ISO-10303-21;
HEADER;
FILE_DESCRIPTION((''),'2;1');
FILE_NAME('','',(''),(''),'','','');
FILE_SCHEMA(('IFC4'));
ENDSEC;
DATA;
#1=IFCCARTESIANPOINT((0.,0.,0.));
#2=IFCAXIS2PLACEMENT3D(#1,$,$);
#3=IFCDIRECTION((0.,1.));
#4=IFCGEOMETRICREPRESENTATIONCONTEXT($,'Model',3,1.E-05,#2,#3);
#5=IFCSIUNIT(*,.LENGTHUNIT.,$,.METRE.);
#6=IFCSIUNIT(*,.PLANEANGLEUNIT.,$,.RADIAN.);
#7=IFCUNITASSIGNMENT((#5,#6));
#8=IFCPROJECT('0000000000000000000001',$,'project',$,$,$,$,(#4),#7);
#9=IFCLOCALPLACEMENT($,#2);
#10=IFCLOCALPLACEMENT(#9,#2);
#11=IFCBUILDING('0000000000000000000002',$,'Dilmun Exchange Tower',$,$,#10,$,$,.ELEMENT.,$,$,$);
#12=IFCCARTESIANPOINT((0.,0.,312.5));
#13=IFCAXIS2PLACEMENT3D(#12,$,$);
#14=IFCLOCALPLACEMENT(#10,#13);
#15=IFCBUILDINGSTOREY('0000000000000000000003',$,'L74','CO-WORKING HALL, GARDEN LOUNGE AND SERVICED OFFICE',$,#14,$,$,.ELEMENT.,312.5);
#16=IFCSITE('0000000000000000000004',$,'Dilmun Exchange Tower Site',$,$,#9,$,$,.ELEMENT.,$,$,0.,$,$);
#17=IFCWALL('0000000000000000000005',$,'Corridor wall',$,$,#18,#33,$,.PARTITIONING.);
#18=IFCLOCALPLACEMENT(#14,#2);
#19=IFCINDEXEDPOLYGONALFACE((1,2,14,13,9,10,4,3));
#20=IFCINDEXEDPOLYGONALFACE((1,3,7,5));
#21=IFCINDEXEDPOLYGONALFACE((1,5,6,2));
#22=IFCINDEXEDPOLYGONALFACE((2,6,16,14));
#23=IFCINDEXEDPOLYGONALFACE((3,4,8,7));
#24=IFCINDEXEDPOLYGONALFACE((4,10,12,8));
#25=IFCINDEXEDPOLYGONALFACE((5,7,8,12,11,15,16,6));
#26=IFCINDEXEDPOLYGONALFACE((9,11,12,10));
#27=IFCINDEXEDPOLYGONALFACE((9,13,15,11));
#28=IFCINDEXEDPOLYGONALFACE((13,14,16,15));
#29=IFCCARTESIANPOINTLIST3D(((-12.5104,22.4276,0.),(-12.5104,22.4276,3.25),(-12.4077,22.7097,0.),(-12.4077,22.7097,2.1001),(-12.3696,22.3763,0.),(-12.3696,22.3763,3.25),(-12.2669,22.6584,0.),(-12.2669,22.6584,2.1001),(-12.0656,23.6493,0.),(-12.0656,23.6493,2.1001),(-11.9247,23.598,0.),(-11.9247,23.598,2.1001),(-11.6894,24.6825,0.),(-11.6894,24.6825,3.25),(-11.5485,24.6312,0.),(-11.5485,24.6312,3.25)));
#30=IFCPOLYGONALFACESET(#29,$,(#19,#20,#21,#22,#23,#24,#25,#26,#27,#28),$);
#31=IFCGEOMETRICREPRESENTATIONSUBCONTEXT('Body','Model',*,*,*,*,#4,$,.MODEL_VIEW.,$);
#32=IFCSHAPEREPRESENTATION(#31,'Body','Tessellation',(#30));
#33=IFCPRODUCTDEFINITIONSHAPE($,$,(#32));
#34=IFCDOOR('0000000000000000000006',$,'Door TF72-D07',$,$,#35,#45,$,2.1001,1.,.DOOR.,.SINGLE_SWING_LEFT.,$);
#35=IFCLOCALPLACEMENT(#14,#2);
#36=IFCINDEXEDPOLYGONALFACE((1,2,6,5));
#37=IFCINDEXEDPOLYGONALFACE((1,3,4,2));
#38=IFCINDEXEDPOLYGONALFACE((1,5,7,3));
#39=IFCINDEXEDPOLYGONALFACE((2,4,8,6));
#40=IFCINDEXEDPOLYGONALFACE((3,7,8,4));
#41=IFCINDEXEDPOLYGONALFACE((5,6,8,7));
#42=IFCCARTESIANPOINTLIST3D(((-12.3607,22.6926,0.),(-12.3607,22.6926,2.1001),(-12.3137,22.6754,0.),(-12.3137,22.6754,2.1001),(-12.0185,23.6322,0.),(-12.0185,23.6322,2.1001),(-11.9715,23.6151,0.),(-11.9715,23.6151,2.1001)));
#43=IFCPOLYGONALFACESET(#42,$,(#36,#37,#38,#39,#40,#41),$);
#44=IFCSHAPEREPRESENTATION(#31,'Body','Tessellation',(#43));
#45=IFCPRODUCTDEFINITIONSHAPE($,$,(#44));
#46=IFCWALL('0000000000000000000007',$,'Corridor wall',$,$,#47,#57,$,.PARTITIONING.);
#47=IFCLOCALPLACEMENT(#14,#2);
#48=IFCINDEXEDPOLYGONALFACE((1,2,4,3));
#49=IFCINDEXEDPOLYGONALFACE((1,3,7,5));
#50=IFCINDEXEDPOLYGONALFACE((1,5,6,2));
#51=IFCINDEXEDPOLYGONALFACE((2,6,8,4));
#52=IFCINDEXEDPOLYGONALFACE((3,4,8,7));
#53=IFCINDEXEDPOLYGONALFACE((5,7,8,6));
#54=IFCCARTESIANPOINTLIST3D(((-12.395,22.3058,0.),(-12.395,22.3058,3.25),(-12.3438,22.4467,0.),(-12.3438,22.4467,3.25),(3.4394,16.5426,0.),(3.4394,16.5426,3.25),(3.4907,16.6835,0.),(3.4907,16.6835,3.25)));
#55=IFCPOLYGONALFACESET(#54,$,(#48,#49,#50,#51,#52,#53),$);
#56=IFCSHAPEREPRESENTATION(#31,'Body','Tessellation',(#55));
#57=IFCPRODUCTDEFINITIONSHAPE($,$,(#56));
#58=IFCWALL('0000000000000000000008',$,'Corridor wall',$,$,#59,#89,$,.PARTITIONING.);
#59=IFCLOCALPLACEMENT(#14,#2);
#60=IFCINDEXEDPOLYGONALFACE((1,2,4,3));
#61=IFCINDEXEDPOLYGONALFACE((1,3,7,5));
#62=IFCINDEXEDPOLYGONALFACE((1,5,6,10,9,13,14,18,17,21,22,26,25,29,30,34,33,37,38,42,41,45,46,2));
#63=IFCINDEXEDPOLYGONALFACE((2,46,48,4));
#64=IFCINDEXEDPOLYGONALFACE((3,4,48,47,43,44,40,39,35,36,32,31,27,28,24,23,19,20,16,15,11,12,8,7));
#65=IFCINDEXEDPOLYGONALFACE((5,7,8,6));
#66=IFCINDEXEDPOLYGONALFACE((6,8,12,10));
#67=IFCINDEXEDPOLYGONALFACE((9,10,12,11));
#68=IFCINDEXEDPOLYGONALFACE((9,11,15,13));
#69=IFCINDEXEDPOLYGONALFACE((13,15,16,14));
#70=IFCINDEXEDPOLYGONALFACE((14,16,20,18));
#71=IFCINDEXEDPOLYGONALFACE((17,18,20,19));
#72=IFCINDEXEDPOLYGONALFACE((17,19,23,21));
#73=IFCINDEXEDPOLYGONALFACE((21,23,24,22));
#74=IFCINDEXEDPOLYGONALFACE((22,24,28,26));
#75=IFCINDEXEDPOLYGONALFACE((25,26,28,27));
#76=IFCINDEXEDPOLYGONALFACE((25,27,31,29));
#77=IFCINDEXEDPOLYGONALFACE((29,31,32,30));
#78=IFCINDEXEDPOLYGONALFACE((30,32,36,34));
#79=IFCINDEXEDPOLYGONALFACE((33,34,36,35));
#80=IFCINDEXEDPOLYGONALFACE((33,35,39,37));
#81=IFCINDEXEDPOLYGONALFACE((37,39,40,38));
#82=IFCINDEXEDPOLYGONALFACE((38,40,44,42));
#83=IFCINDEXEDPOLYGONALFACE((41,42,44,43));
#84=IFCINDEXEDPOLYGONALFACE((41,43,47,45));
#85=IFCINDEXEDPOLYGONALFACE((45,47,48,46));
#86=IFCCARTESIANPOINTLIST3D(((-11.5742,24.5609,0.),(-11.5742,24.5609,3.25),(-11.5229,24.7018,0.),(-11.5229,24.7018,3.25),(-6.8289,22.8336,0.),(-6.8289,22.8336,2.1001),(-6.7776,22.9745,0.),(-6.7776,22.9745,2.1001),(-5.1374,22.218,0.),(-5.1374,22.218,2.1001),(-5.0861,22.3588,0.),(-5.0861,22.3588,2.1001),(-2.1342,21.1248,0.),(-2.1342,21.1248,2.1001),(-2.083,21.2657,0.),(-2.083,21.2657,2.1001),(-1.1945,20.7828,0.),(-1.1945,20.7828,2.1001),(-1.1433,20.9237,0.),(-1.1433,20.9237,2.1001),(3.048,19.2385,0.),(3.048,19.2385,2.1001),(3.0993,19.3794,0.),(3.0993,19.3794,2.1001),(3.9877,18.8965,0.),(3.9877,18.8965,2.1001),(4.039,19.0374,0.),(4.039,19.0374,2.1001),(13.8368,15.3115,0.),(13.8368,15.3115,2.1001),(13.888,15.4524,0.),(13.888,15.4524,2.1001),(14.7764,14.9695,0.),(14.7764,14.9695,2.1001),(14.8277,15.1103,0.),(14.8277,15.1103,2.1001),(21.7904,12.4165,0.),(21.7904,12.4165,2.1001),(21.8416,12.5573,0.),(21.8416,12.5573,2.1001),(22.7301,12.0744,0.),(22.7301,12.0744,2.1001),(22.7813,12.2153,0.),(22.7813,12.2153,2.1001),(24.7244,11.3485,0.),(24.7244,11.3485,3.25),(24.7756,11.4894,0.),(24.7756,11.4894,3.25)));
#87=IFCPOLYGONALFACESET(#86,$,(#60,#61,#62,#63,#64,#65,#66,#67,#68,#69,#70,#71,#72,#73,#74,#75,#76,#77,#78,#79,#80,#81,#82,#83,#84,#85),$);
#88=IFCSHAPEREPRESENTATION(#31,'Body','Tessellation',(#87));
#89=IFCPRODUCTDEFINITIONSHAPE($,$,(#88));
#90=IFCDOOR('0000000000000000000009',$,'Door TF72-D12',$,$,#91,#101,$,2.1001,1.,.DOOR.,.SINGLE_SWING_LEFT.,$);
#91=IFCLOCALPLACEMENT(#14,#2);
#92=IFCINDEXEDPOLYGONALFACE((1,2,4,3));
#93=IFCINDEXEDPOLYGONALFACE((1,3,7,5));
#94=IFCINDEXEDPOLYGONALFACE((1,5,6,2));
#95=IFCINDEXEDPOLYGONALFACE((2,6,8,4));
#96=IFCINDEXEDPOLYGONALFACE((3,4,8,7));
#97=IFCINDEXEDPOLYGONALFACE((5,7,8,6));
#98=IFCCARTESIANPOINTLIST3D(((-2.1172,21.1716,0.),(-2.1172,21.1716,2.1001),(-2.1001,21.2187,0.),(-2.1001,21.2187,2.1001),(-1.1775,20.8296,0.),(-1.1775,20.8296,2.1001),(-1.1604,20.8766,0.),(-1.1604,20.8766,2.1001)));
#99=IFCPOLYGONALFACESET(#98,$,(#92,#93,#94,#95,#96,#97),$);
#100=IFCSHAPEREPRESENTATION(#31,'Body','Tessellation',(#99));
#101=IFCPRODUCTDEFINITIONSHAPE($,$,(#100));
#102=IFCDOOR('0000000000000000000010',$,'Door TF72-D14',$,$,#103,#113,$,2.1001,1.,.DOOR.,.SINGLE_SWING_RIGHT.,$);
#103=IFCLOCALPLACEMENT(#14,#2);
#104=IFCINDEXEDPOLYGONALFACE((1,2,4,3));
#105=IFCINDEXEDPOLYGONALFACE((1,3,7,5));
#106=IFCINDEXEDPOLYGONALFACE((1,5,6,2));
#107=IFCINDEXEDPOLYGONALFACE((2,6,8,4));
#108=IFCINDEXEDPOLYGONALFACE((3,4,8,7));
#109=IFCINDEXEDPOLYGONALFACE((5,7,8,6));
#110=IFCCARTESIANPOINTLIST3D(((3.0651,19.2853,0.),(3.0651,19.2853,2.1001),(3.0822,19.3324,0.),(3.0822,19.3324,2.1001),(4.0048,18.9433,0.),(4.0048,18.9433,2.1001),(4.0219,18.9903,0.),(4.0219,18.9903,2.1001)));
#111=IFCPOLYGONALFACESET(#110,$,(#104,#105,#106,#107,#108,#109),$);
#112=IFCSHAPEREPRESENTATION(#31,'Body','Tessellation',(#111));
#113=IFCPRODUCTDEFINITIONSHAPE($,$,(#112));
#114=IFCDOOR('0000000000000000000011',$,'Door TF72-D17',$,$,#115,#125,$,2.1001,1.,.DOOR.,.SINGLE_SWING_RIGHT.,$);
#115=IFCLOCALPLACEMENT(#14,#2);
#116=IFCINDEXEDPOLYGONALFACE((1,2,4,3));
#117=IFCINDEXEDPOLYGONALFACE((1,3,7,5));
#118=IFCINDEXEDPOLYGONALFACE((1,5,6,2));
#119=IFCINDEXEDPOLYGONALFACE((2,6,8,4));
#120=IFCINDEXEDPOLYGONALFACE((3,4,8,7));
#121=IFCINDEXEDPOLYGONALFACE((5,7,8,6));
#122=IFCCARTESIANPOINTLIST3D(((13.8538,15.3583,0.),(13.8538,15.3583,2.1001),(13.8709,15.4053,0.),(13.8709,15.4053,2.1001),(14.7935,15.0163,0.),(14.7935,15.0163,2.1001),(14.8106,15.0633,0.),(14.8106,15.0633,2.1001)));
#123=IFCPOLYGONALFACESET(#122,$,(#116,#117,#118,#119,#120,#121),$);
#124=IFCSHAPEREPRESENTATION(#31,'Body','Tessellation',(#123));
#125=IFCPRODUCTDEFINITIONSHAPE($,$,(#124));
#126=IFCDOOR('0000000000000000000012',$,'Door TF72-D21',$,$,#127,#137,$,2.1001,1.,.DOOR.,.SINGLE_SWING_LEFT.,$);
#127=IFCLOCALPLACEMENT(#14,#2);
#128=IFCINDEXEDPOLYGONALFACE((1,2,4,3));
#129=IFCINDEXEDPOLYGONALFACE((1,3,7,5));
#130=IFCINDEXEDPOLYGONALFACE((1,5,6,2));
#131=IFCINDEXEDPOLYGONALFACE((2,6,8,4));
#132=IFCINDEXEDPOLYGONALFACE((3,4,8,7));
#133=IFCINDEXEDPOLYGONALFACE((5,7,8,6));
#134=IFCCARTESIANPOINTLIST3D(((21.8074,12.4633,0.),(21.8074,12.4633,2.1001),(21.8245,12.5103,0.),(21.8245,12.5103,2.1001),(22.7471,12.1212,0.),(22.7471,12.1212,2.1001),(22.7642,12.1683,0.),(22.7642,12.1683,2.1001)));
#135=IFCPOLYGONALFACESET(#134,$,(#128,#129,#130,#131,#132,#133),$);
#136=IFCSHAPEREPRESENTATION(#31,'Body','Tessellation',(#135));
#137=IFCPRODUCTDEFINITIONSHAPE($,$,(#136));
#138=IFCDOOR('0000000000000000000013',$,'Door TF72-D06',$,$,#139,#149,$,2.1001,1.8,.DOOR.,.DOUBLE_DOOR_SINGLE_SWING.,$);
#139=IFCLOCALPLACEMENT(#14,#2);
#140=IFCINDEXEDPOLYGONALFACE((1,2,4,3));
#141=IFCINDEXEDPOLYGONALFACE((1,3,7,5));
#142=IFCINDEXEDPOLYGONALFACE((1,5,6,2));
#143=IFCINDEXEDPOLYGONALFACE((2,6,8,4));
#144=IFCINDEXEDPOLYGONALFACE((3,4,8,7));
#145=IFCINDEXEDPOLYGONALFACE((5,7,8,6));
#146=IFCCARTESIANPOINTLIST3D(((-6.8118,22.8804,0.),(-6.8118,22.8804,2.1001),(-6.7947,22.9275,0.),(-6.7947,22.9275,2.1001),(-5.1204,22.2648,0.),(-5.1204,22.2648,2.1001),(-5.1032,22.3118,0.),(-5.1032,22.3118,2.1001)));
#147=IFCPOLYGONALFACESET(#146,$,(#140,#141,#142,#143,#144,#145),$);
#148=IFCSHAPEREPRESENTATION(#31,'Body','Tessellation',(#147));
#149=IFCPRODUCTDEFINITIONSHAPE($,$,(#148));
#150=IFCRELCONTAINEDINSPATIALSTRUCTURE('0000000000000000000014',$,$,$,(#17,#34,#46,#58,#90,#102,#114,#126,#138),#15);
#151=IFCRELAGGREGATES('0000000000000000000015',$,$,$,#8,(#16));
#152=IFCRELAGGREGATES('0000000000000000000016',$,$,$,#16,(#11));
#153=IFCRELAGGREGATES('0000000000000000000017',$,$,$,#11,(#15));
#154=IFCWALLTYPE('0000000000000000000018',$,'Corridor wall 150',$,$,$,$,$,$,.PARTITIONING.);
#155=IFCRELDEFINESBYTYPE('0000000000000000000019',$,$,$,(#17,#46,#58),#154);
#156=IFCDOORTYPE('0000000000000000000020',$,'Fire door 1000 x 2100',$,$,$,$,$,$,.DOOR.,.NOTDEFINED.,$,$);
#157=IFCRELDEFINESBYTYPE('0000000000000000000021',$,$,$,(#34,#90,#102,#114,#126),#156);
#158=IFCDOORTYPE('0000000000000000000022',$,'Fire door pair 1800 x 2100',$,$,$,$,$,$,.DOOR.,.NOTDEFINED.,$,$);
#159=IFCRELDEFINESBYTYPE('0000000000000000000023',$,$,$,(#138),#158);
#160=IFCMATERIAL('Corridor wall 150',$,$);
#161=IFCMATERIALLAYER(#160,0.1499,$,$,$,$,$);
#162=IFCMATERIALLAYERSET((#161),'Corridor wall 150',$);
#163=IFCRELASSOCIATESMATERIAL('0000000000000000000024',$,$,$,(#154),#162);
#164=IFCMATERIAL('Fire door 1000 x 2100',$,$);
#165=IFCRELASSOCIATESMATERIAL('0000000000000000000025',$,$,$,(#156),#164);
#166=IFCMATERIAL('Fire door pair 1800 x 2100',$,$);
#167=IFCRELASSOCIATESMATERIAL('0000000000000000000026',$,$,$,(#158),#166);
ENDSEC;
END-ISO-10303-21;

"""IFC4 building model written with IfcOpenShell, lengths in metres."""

from ifc_helpers import new_model, si_unit, direction, frame, frame_2d, origin, place, context, subcontext, project, spatial, rectangle, extrude, material, layer, layer_set, type_object, element, fill, save


model = new_model("IFC4")

# Units and contexts
model_context = context("Model", 3, precision=1e-05, world=origin(), true_north=direction((0.0, 1.0)))
body_context = subcontext(model_context, "Body", "Model", "MODEL_VIEW")
ifc_project = project(units=[si_unit("LENGTHUNIT", "METRE"), si_unit("PLANEANGLEUNIT", "RADIAN")], contexts=[model_context])

# Site, building, storey
site_placement = place(None, origin())
site = spatial("IfcSite", under=ifc_project, at=site_placement, Name="Dilmun Exchange Tower Site", CompositionType="ELEMENT", RefElevation=0.0)
building_placement = place(site_placement, origin())
building = spatial("IfcBuilding", under=site, at=building_placement, Name="Dilmun Exchange Tower", CompositionType="ELEMENT")
storey_placement = place(building_placement, frame((0.0, 0.0, 312.5)))
storey = spatial("IfcBuildingStorey", under=building, at=storey_placement, Name="L74", Description="CO-WORKING HALL, GARDEN LOUNGE AND SERVICED OFFICE", CompositionType="ELEMENT", Elevation=312.5)

# Shared definitions
ifc_material_1 = material(Name="Corridor wall 150")
ifc_layer_1 = layer(ifc_material_1, 0.1499)
ifc_layer_set_1 = layer_set([ifc_layer_1], Name="Corridor wall 150")
wall_type_1 = type_object("IfcWallType", Name="Corridor wall 150", PredefinedType="PARTITIONING", material=ifc_layer_set_1)

# Wall, opening, door
ifc_material_2 = material(Name="Fire door 1000 x 2100")
door_type_1 = type_object("IfcDoorType", Name="Fire door 1000 x 2100", OperationType="NOTDEFINED", PredefinedType="DOOR", material=ifc_material_2)
wall_1_placement = place(storey_placement, frame((-12.4399, 22.4021, 0.0), z_axis=(0.0, 0.0, 1.0), x_axis=(0.342143, 0.939648, 0.0)))
wall_1 = element("IfcWall", 1, at=wall_1_placement, inside=storey, type_object=wall_type_1, Name="Corridor wall", PredefinedType="PARTITIONING", context=body_context, shape_type="SweptSolid", body=[
    extrude(rectangle(XDim=2.3997, YDim=0.1499, at=frame_2d((1.1997, 0.0))), origin(), (0.0, 0.0, 1.0), 3.25),
])
opening_1_placement = place(wall_1_placement, frame((0.3, 0.0, 0.0)))
opening_1 = element("IfcOpeningElement", 2, at=opening_1_placement, cuts=wall_1, PredefinedType="OPENING", context=body_context, shape_type="SweptSolid", body=[
    extrude(rectangle(XDim=1.0, YDim=2.1001, at=frame_2d((0.5, 1.05))), frame((0.0, 0.085, 0.0), z_axis=(0.0, -1.0, 0.0), x_axis=(1.0, 0.0, 0.0)), (0.0, 0.0, 1.0), 0.1699),
])
door_1_placement = place(opening_1_placement, origin())
door_1 = element("IfcDoor", 3, at=door_1_placement, inside=storey, type_object=door_type_1, Name="Door TF72-D07", OperationType="SINGLE_SWING_LEFT", OverallHeight=2.1001, OverallWidth=1.0, PredefinedType="DOOR", context=body_context, shape_type="SweptSolid", body=[
    extrude(rectangle(XDim=1.0, YDim=2.1001, at=frame_2d((0.5, 1.05))), frame((0.0, 0.0249, 0.0), z_axis=(0.0, -1.0, 0.0), x_axis=(1.0, 0.0, 0.0)), (0.0, 0.0, 1.0), 0.05),
])
fill(opening_1, door_1)

# Wall
wall_2_placement = place(storey_placement, frame((-12.3694, 22.3762, 0.0), z_axis=(0.0, 0.0, 1.0), x_axis=(0.939694, -0.342015, 0.0)))
element("IfcWall", 4, at=wall_2_placement, inside=storey, type_object=wall_type_1, Name="Corridor wall", PredefinedType="PARTITIONING", context=body_context, shape_type="SweptSolid", body=[
    extrude(rectangle(XDim=16.8506, YDim=0.1499, at=frame_2d((8.4253, 0.0))), origin(), (0.0, 0.0, 1.0), 3.25),
])

# Wall, openings, doors
wall_3_placement = place(storey_placement, frame((-11.5486, 24.6313, 0.0), z_axis=(0.0, 0.0, 1.0), x_axis=(0.939686, -0.342038, 0.0)))
wall_3 = element("IfcWall", 5, at=wall_3_placement, inside=storey, type_object=wall_type_1, Name="Corridor wall", PredefinedType="PARTITIONING", context=body_context, shape_type="SweptSolid", body=[
    extrude(rectangle(XDim=38.6284, YDim=0.1499, at=frame_2d((19.3142, 0.0))), origin(), (0.0, 0.0, 1.0), 3.25),
])
opening_2_placement = place(wall_3_placement, frame((5.05, 0.0, 0.0)))
opening_2 = element("IfcOpeningElement", 6, at=opening_2_placement, cuts=wall_3, PredefinedType="OPENING", context=body_context, shape_type="SweptSolid", body=[
    extrude(rectangle(XDim=1.8, YDim=2.1001, at=frame_2d((0.8999, 1.05))), frame((0.0, 0.085, 0.0), z_axis=(0.0, -1.0, 0.0), x_axis=(1.0, 0.0, 0.0)), (0.0, 0.0, 1.0), 0.1699),
])
opening_3_placement = place(wall_3_placement, frame((10.0459, 0.0, 0.0)))
opening_3 = element("IfcOpeningElement", 7, at=opening_3_placement, cuts=wall_3, PredefinedType="OPENING", context=body_context, shape_type="SweptSolid", body=[
    extrude(rectangle(XDim=1.0, YDim=2.1001, at=frame_2d((0.5, 1.05))), frame((0.0, 0.085, 0.0), z_axis=(0.0, -1.0, 0.0), x_axis=(1.0, 0.0, 0.0)), (0.0, 0.0, 1.0), 0.1699),
])
opening_4_placement = place(wall_3_placement, frame((15.5608, 0.0, 0.0)))
opening_4 = element("IfcOpeningElement", 8, at=opening_4_placement, cuts=wall_3, PredefinedType="OPENING", context=body_context, shape_type="SweptSolid", body=[
    extrude(rectangle(XDim=1.0, YDim=2.1001, at=frame_2d((0.5, 1.05))), frame((0.0, 0.085, 0.0), z_axis=(0.0, -1.0, 0.0), x_axis=(1.0, 0.0, 0.0)), (0.0, 0.0, 1.0), 0.1699),
])
opening_5_placement = place(wall_3_placement, frame((27.042, 0.0, 0.0)))
opening_5 = element("IfcOpeningElement", 9, at=opening_5_placement, cuts=wall_3, PredefinedType="OPENING", context=body_context, shape_type="SweptSolid", body=[
    extrude(rectangle(XDim=1.0, YDim=2.1001, at=frame_2d((0.5, 1.05))), frame((0.0, 0.085, 0.0), z_axis=(0.0, -1.0, 0.0), x_axis=(1.0, 0.0, 0.0)), (0.0, 0.0, 1.0), 0.1699),
])
opening_6_placement = place(wall_3_placement, frame((35.5061, 0.0, 0.0)))
opening_6 = element("IfcOpeningElement", 10, at=opening_6_placement, cuts=wall_3, PredefinedType="OPENING", context=body_context, shape_type="SweptSolid", body=[
    extrude(rectangle(XDim=1.0, YDim=2.1001, at=frame_2d((0.5, 1.05))), frame((0.0, 0.085, 0.0), z_axis=(0.0, -1.0, 0.0), x_axis=(1.0, 0.0, 0.0)), (0.0, 0.0, 1.0), 0.1699),
])
door_2_placement = place(opening_3_placement, origin())
door_2 = element("IfcDoor", 11, at=door_2_placement, inside=storey, type_object=door_type_1, Name="Door TF72-D12", OperationType="SINGLE_SWING_LEFT", OverallHeight=2.1001, OverallWidth=1.0, PredefinedType="DOOR", context=body_context, shape_type="SweptSolid", body=[
    extrude(rectangle(XDim=1.0, YDim=2.1001, at=frame_2d((0.5, 1.05))), frame((0.0, 0.0249, 0.0), z_axis=(0.0, -1.0, 0.0), x_axis=(1.0, 0.0, 0.0)), (0.0, 0.0, 1.0), 0.05),
])
fill(opening_3, door_2)
door_3_placement = place(opening_4_placement, origin())
door_3 = element("IfcDoor", 12, at=door_3_placement, inside=storey, type_object=door_type_1, Name="Door TF72-D14", OperationType="SINGLE_SWING_RIGHT", OverallHeight=2.1001, OverallWidth=1.0, PredefinedType="DOOR", context=body_context, shape_type="SweptSolid", body=[
    extrude(rectangle(XDim=1.0, YDim=2.1001, at=frame_2d((0.5, 1.05))), frame((0.0, 0.0249, 0.0), z_axis=(0.0, -1.0, 0.0), x_axis=(1.0, 0.0, 0.0)), (0.0, 0.0, 1.0), 0.05),
])
fill(opening_4, door_3)
door_4_placement = place(opening_5_placement, origin())
door_4 = element("IfcDoor", 13, at=door_4_placement, inside=storey, type_object=door_type_1, Name="Door TF72-D17", OperationType="SINGLE_SWING_RIGHT", OverallHeight=2.1001, OverallWidth=1.0, PredefinedType="DOOR", context=body_context, shape_type="SweptSolid", body=[
    extrude(rectangle(XDim=1.0, YDim=2.1001, at=frame_2d((0.5, 1.05))), frame((0.0, 0.0249, 0.0), z_axis=(0.0, -1.0, 0.0), x_axis=(1.0, 0.0, 0.0)), (0.0, 0.0, 1.0), 0.05),
])
fill(opening_5, door_4)
door_5_placement = place(opening_6_placement, origin())
door_5 = element("IfcDoor", 14, at=door_5_placement, inside=storey, type_object=door_type_1, Name="Door TF72-D21", OperationType="SINGLE_SWING_LEFT", OverallHeight=2.1001, OverallWidth=1.0, PredefinedType="DOOR", context=body_context, shape_type="SweptSolid", body=[
    extrude(rectangle(XDim=1.0, YDim=2.1001, at=frame_2d((0.5, 1.05))), frame((0.0, 0.0249, 0.0), z_axis=(0.0, -1.0, 0.0), x_axis=(1.0, 0.0, 0.0)), (0.0, 0.0, 1.0), 0.05),
])
fill(opening_6, door_5)
ifc_material_3 = material(Name="Fire door pair 1800 x 2100")
door_type_2 = type_object("IfcDoorType", Name="Fire door pair 1800 x 2100", OperationType="NOTDEFINED", PredefinedType="DOOR", material=ifc_material_3)
door_6_placement = place(opening_2_placement, origin())
door_6 = element("IfcDoor", 15, at=door_6_placement, inside=storey, type_object=door_type_2, Name="Door TF72-D06", OperationType="DOUBLE_DOOR_SINGLE_SWING", OverallHeight=2.1001, OverallWidth=1.8, PredefinedType="DOOR", context=body_context, shape_type="SweptSolid", body=[
    extrude(rectangle(XDim=1.8, YDim=2.1001, at=frame_2d((0.8999, 1.05))), frame((0.0, 0.0249, 0.0), z_axis=(0.0, -1.0, 0.0), x_axis=(1.0, 0.0, 0.0)), (0.0, 0.0, 1.0), 0.05),
])
fill(opening_2, door_6)

save(model, "model.ifc")
